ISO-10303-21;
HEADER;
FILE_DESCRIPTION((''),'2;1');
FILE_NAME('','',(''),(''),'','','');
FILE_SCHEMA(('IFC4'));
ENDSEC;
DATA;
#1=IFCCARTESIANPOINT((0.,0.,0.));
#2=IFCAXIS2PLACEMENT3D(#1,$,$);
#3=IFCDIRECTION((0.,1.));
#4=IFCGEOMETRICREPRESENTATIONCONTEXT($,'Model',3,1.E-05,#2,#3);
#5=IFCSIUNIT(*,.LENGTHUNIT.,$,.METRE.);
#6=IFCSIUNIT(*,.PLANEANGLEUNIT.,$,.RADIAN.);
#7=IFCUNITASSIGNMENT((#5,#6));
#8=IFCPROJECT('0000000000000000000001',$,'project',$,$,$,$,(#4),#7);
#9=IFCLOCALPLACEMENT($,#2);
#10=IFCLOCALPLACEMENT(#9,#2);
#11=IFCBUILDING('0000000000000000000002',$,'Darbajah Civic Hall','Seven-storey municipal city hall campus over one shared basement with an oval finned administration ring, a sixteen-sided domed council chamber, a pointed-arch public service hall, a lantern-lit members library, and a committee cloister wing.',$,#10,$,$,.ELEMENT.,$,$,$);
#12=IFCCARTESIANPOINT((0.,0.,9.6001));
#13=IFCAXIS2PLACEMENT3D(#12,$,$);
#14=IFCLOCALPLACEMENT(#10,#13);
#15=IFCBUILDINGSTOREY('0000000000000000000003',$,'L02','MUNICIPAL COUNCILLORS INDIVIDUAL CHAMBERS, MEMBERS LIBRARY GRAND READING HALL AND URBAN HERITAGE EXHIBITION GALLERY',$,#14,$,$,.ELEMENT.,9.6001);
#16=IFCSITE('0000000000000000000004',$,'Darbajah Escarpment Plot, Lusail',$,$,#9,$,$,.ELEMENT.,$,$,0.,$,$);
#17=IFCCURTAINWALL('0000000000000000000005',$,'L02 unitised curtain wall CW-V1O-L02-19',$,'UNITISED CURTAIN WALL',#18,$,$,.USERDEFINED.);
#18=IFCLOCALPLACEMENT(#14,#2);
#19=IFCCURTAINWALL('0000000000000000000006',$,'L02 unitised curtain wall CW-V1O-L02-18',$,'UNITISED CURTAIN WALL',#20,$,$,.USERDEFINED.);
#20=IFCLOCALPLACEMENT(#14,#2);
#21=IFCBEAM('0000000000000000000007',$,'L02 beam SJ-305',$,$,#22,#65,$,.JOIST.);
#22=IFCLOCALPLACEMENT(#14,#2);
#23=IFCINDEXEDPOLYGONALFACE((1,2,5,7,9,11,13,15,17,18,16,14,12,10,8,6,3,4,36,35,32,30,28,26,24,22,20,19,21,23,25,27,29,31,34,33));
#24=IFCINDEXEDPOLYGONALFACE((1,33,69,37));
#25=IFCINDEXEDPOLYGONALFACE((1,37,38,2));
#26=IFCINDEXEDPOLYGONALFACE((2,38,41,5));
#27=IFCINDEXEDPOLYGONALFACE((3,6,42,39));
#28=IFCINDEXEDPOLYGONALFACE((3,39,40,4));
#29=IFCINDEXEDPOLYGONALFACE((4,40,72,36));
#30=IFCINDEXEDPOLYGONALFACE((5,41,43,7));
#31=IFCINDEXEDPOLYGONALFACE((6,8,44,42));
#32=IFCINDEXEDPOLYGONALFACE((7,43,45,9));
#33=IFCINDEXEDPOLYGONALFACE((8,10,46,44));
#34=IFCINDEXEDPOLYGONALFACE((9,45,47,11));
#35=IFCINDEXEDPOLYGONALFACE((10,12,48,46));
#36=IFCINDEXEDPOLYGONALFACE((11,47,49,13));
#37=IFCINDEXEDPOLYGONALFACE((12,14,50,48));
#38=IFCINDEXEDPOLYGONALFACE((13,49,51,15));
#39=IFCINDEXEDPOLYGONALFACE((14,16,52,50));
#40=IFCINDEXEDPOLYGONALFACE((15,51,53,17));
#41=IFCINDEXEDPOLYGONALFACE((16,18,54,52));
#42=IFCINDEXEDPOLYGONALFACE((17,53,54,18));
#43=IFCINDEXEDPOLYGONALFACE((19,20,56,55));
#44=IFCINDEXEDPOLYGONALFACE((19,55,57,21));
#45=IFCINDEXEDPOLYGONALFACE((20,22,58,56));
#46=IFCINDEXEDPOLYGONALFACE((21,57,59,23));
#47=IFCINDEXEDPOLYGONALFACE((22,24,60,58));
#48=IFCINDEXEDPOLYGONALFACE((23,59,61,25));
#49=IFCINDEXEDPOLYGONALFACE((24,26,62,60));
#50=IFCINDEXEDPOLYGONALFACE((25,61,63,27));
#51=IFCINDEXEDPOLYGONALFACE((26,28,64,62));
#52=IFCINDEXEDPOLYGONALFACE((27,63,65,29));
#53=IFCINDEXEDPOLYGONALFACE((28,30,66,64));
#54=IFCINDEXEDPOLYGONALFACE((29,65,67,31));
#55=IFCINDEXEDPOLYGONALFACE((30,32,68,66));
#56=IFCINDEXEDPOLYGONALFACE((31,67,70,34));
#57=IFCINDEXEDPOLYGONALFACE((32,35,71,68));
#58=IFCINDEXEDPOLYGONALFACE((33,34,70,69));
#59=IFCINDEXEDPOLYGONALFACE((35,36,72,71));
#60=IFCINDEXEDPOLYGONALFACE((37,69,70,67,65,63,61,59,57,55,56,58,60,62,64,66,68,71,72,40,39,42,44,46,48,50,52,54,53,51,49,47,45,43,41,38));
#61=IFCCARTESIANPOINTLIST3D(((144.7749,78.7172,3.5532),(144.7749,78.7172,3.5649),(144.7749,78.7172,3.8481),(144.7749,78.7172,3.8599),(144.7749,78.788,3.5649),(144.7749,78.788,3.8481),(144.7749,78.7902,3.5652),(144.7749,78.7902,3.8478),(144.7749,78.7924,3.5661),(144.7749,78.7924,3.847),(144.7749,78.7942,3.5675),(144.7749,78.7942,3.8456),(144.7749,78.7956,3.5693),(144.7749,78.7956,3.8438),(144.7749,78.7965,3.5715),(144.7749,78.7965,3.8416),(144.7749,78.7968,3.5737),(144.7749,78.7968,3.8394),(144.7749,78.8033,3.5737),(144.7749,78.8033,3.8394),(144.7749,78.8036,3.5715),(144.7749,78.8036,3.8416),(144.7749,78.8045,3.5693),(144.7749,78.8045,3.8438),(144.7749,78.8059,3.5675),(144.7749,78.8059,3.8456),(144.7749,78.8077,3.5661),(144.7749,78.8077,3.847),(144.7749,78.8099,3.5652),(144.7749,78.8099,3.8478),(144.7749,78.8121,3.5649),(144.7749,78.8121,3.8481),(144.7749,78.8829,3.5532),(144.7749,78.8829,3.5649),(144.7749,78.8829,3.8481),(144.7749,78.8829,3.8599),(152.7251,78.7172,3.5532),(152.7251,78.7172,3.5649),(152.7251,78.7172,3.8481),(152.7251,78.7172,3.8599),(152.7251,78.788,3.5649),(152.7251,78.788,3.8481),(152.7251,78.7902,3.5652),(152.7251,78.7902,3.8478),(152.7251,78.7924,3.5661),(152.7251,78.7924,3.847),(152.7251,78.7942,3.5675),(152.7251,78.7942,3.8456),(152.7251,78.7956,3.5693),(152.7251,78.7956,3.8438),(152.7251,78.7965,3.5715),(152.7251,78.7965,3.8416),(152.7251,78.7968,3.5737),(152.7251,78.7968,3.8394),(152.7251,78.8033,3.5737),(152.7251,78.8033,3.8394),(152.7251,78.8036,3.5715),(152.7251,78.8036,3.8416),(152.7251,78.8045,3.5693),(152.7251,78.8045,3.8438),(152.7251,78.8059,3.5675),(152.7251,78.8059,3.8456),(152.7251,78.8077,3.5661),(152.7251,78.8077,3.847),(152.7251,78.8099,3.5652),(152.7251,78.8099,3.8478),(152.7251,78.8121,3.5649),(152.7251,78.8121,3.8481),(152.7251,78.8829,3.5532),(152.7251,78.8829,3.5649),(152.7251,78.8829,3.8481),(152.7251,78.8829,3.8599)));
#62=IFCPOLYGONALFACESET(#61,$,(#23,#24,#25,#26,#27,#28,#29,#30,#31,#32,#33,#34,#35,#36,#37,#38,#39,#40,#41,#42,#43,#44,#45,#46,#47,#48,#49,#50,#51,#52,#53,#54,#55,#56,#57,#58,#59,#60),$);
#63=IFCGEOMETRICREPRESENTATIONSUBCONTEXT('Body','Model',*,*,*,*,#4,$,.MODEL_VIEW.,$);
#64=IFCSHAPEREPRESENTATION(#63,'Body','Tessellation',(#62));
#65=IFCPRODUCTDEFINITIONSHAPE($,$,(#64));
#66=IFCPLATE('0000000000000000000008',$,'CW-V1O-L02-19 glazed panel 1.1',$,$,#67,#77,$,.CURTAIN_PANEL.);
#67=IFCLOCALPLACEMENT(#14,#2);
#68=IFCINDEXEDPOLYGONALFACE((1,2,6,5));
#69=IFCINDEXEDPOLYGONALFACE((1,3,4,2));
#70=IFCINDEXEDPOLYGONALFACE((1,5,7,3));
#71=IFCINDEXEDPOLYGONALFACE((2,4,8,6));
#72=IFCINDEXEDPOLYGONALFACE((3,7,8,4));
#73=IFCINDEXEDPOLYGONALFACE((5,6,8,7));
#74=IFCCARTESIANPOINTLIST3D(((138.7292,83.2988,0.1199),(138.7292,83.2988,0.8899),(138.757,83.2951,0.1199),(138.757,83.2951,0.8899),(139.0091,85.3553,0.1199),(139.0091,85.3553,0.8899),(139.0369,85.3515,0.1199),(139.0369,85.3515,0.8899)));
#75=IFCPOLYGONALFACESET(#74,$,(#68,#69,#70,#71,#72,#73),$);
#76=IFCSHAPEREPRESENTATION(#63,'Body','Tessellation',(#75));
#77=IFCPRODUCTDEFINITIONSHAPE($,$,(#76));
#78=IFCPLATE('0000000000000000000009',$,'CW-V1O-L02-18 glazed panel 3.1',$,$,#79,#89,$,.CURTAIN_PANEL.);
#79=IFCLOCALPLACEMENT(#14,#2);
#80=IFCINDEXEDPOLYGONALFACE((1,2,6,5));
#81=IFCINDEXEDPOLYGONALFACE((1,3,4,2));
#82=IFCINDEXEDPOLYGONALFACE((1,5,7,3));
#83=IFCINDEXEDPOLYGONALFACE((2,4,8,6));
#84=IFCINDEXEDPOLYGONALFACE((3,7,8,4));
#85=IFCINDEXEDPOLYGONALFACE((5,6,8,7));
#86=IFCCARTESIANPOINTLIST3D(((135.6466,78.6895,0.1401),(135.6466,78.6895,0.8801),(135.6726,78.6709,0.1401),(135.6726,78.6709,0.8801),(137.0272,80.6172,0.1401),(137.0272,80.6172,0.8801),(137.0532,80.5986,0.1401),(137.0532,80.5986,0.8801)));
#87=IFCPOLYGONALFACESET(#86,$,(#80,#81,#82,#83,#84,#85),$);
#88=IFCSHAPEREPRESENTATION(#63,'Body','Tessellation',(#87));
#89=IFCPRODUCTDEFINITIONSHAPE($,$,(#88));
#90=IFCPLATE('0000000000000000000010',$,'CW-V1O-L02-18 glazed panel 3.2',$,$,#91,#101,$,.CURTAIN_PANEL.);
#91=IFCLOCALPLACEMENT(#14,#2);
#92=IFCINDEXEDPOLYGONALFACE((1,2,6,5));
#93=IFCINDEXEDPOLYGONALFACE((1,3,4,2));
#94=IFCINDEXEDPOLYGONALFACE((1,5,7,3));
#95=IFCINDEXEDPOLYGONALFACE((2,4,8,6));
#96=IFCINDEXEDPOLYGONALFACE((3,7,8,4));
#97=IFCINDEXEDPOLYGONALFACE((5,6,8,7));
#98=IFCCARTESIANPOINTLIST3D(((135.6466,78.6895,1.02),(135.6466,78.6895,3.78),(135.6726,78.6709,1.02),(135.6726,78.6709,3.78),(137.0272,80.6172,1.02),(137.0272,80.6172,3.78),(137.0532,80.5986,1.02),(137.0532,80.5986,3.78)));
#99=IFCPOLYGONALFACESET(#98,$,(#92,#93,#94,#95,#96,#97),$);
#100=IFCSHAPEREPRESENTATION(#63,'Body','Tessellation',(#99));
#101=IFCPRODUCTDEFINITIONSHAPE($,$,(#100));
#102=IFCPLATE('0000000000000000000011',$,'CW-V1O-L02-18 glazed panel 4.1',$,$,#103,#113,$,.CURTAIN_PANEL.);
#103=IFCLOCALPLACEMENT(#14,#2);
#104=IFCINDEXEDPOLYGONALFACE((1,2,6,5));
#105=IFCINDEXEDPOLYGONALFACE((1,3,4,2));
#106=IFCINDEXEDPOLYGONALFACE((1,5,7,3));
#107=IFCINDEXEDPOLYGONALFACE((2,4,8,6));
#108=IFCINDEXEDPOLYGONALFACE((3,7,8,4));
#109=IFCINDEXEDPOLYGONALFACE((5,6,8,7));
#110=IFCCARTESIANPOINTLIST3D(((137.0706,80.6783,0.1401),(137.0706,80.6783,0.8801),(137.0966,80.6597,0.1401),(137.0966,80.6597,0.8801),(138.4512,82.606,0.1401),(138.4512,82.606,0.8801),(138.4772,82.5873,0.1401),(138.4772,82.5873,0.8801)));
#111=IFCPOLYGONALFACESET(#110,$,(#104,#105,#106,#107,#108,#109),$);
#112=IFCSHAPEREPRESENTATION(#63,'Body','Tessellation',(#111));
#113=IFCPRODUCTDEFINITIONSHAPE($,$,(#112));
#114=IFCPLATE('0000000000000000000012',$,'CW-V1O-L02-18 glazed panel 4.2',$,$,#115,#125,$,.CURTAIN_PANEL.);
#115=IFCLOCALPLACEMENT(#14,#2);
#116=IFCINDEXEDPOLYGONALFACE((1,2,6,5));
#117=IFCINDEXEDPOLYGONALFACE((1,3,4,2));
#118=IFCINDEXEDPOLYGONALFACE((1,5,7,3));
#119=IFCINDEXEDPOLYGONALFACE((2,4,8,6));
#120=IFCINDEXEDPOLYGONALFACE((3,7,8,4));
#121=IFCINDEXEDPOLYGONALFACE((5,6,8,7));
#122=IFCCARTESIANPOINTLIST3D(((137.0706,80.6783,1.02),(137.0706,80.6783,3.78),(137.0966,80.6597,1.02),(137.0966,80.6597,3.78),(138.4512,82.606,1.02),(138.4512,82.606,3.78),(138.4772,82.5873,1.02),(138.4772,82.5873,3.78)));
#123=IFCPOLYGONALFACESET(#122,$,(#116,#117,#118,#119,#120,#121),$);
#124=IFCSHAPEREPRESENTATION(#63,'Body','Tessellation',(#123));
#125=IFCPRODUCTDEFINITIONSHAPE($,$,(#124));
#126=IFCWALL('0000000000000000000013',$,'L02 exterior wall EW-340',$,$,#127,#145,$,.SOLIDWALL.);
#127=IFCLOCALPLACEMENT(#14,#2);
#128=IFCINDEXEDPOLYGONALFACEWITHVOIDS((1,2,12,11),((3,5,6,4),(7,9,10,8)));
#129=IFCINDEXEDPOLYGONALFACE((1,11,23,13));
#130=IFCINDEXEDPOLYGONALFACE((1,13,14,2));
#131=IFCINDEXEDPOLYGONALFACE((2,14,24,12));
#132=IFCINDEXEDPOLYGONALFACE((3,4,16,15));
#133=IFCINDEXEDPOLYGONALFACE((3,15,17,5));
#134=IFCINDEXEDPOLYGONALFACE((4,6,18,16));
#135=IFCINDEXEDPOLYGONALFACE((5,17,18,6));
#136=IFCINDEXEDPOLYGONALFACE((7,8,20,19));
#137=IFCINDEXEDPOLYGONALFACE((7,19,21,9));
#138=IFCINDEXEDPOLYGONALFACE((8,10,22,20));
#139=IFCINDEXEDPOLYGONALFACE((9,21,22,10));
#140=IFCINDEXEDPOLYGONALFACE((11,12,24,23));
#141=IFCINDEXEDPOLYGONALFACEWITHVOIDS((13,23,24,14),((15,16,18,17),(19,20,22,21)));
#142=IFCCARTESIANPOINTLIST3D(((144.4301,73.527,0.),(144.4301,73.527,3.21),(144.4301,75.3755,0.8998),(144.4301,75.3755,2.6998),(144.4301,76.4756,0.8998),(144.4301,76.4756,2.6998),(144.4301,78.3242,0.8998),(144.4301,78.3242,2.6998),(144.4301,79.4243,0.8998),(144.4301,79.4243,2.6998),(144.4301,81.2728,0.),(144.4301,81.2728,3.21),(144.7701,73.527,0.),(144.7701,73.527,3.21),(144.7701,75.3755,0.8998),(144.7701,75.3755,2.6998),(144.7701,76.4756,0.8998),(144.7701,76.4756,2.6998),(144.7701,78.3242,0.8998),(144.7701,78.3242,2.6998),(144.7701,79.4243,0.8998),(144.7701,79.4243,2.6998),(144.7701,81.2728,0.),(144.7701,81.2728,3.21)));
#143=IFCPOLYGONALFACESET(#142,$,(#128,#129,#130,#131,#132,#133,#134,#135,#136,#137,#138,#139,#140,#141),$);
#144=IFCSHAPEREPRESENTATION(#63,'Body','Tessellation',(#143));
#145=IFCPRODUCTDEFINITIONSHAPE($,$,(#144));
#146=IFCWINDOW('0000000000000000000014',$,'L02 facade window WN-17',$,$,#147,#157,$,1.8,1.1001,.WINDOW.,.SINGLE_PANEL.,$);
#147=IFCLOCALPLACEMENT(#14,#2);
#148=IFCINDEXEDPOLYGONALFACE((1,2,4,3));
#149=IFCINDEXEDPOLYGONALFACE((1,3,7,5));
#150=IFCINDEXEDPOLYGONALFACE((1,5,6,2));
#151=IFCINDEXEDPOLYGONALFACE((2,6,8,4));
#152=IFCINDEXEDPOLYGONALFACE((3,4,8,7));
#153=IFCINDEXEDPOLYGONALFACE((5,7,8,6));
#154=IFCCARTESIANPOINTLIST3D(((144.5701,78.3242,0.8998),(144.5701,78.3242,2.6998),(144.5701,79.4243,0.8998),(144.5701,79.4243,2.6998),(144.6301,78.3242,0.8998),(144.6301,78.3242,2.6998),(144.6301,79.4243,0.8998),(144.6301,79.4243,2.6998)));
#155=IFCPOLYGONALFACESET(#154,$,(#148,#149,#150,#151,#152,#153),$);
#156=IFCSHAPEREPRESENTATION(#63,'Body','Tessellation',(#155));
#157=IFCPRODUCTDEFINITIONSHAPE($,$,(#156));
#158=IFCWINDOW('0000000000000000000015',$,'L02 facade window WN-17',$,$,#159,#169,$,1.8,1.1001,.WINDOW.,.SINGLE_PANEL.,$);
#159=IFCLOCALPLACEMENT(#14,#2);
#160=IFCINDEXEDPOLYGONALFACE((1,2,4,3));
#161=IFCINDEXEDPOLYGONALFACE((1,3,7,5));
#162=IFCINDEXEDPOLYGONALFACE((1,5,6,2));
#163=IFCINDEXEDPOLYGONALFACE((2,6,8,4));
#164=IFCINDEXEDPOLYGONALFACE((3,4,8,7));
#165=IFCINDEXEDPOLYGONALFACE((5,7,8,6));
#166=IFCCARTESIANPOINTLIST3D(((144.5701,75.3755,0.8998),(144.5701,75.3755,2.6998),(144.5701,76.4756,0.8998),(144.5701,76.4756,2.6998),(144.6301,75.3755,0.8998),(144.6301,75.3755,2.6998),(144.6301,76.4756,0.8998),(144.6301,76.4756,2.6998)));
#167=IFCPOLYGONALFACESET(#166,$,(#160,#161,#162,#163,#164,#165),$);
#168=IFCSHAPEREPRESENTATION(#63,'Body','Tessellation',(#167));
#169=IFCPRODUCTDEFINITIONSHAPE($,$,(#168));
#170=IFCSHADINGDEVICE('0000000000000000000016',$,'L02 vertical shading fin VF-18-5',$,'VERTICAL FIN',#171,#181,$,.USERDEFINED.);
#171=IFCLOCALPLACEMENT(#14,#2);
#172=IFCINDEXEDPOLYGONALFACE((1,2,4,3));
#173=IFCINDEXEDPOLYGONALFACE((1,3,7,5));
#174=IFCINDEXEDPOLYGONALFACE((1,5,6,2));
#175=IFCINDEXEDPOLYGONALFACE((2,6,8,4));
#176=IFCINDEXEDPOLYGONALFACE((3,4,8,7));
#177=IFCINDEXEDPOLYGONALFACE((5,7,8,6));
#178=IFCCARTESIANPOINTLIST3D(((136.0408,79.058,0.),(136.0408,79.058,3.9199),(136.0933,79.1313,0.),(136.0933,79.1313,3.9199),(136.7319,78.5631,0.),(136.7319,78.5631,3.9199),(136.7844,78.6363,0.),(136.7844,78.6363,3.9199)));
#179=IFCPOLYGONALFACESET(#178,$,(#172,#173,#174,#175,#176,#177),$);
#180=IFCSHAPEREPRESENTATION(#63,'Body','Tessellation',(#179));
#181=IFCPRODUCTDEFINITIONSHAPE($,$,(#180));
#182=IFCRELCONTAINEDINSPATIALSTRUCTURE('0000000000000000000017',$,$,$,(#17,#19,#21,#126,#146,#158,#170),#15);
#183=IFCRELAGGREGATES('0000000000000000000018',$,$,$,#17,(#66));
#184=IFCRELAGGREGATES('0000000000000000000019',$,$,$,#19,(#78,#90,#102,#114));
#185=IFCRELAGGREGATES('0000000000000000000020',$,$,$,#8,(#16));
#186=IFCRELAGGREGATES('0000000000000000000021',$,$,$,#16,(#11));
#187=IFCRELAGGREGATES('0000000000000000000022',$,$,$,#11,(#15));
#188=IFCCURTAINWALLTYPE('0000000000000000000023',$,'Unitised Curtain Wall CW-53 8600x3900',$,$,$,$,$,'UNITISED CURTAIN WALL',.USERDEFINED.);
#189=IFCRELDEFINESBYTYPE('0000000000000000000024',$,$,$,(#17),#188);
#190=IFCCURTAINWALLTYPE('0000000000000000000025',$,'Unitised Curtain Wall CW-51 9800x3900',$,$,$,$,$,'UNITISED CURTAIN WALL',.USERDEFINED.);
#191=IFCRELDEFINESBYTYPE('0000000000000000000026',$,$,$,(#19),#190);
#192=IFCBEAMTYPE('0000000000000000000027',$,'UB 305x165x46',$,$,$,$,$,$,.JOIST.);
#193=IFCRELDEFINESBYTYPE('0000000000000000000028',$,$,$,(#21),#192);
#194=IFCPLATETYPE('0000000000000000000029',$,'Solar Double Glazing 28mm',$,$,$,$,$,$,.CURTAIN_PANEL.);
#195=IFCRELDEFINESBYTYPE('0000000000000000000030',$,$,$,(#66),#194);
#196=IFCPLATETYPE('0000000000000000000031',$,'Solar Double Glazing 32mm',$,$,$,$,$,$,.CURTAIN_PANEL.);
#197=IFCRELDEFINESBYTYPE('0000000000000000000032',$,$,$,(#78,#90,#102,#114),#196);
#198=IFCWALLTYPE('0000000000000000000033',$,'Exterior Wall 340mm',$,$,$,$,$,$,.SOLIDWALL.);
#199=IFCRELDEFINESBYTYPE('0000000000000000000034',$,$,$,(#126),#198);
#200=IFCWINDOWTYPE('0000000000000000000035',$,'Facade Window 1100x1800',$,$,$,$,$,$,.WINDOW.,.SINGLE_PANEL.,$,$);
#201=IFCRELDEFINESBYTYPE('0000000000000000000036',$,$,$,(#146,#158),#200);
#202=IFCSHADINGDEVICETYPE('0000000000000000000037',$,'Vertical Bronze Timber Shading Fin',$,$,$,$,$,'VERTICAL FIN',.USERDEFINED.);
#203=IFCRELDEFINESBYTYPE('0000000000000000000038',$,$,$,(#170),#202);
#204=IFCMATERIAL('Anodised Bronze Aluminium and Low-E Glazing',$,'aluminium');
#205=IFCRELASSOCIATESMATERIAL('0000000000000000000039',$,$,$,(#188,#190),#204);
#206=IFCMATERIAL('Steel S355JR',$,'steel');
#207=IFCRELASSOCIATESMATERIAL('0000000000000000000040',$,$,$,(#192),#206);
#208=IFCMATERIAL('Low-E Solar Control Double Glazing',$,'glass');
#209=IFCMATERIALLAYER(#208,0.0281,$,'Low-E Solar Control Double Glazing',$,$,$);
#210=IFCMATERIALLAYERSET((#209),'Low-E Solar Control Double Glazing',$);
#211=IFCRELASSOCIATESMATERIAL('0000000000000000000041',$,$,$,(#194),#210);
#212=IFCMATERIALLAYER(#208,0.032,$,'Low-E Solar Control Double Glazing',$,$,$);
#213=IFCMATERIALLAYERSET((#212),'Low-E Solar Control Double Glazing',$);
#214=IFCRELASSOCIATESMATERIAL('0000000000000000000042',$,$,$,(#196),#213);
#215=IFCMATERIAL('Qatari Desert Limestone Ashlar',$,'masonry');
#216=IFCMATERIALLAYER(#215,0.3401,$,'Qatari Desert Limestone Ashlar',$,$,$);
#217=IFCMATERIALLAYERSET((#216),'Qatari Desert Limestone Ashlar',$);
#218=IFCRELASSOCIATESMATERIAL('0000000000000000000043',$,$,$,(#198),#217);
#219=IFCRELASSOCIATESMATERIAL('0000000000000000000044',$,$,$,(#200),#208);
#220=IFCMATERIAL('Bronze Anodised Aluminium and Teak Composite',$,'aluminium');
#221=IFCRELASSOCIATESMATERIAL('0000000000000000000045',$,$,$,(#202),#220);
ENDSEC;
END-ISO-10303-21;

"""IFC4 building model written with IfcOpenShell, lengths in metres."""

from ifc_helpers import new_model, si_unit, direction, frame, frame_2d, origin, origin_2d, place, context, subcontext, project, spatial, rectangle, i_section, extrude, material, layer, layer_set, material_profile, profile_set, type_object, element, fill, aggregate, save


model = new_model("IFC4")

# Units and contexts
model_context = context("Model", 3, precision=1e-05, world=origin(), true_north=direction((0.0, 1.0)))
body_context = subcontext(model_context, "Body", "Model", "MODEL_VIEW")
ifc_project = project(units=[si_unit("LENGTHUNIT", "METRE"), si_unit("PLANEANGLEUNIT", "RADIAN")], contexts=[model_context])

# Site, building, storey
site_placement = place(None, origin())
site = spatial("IfcSite", under=ifc_project, at=site_placement, Name="Darbajah Escarpment Plot, Lusail", CompositionType="ELEMENT", RefElevation=0.0)
building_placement = place(site_placement, origin())
building = spatial("IfcBuilding", under=site, at=building_placement, Name="Darbajah Civic Hall", Description="Seven-storey municipal city hall campus over one shared basement with an oval finned administration ring, a sixteen-sided domed council chamber, a pointed-arch public service hall, a lantern-lit members library, and a committee cloister wing.", CompositionType="ELEMENT")
storey_placement = place(building_placement, frame((0.0, 0.0, 9.6001)))
storey = spatial("IfcBuildingStorey", under=building, at=storey_placement, Name="L02", Description="MUNICIPAL COUNCILLORS INDIVIDUAL CHAMBERS, MEMBERS LIBRARY GRAND READING HALL AND URBAN HERITAGE EXHIBITION GALLERY", CompositionType="ELEMENT", Elevation=9.6001)

# Curtain wall
ifc_material_1 = material(Name="Anodised Bronze Aluminium and Low-E Glazing", Category="aluminium")
curtain_wall_type_1 = type_object("IfcCurtainWallType", Name="Unitised Curtain Wall CW-53 8600x3900", ElementType="UNITISED CURTAIN WALL", PredefinedType="USERDEFINED", material=ifc_material_1)
curtain_wall_1_placement = place(storey_placement, origin())
curtain_wall_1 = element("IfcCurtainWall", 1, at=curtain_wall_1_placement, inside=storey, type_object=curtain_wall_type_1, Name="L02 unitised curtain wall CW-V1O-L02-19", ObjectType="UNITISED CURTAIN WALL", PredefinedType="USERDEFINED")

# Curtain wall
curtain_wall_type_2 = type_object("IfcCurtainWallType", Name="Unitised Curtain Wall CW-51 9800x3900", ElementType="UNITISED CURTAIN WALL", PredefinedType="USERDEFINED", material=ifc_material_1)
curtain_wall_2_placement = place(storey_placement, origin())
curtain_wall_2 = element("IfcCurtainWall", 2, at=curtain_wall_2_placement, inside=storey, type_object=curtain_wall_type_2, Name="L02 unitised curtain wall CW-V1O-L02-18", ObjectType="UNITISED CURTAIN WALL", PredefinedType="USERDEFINED")

# Beam
ifc_material_2 = material(Name="Steel S355JR", Category="steel")
ifc_material_profile_1 = material_profile(ifc_material_2, i_section(OverallWidth=0.1658, OverallDepth=0.3066, WebThickness=0.0066, FlangeThickness=0.0117, FilletRadius=0.0088, at=origin_2d()), Name="UB 305x165x46")
ifc_profile_set_1 = profile_set([ifc_material_profile_1], Name="Steel S355JR")
beam_type_1 = type_object("IfcBeamType", Name="UB 305x165x46", PredefinedType="JOIST", material=ifc_profile_set_1)
for number, where, z_axis, x_axis, name in (
    (3, (144.7749, 78.8, 3.7065), (1.0, 0.0, 0.0), (0.0, 1.0, 0.0), "L02 beam SJ-305"),
):
    element("IfcBeam", number, at=place(storey_placement, frame(where, z_axis=z_axis, x_axis=x_axis)), inside=storey, type_object=beam_type_1, Name=name, PredefinedType="JOIST", context=body_context, shape_type="SweptSolid", body=[
        extrude(i_section(OverallWidth=0.1658, OverallDepth=0.3066, WebThickness=0.0066, FlangeThickness=0.0117, FilletRadius=0.0088, at=origin_2d()), origin(), (0.0, 0.0, 1.0), 7.9502),
    ])

# Plates
ifc_material_3 = material(Name="Low-E Solar Control Double Glazing", Category="glass")
ifc_layer_1 = layer(ifc_material_3, 0.0281, Name="Low-E Solar Control Double Glazing")
ifc_layer_set_1 = layer_set([ifc_layer_1], Name="Low-E Solar Control Double Glazing")
plate_type_1 = type_object("IfcPlateType", Name="Solar Double Glazing 28mm", PredefinedType="CURTAIN_PANEL", material=ifc_layer_set_1)
plate_1_placement = place(storey_placement, frame((138.8831, 84.3252, 0.1199), z_axis=(0.0, 0.0, 1.0), x_axis=(0.134851, 0.990866, 0.0)))
plate_1 = element("IfcPlate", 4, at=plate_1_placement, type_object=plate_type_1, Name="CW-V1O-L02-19 glazed panel 1.1", PredefinedType="CURTAIN_PANEL", context=body_context, shape_type="SweptSolid", body=[
    extrude(rectangle(XDim=2.0754, YDim=0.0281, at=origin_2d()), origin(), (0.0, 0.0, 1.0), 0.77),
])
aggregate(curtain_wall_1, [plate_1])
ifc_layer_2 = layer(ifc_material_3, 0.032, Name="Low-E Solar Control Double Glazing")
ifc_layer_set_2 = layer_set([ifc_layer_2], Name="Low-E Solar Control Double Glazing")
plate_type_2 = type_object("IfcPlateType", Name="Solar Double Glazing 32mm", PredefinedType="CURTAIN_PANEL", material=ifc_layer_set_2)
plate_2_placement = place(storey_placement, frame((136.3499, 79.644, 0.1401), z_axis=(0.0, 0.0, 1.0), x_axis=(0.582265, 0.812999, 0.0)))
plate_2 = element("IfcPlate", 5, at=plate_2_placement, type_object=plate_type_2, Name="CW-V1O-L02-18 glazed panel 3.1", PredefinedType="CURTAIN_PANEL", context=body_context, shape_type="SweptSolid", body=[
    extrude(rectangle(XDim=2.3711, YDim=0.032, at=origin_2d()), origin(), (0.0, 0.0, 1.0), 0.74),
])
plate_3_placement = place(storey_placement, frame((136.3499, 79.644, 1.02), z_axis=(0.0, 0.0, 1.0), x_axis=(0.582265, 0.812999, 0.0)))
plate_3 = element("IfcPlate", 6, at=plate_3_placement, type_object=plate_type_2, Name="CW-V1O-L02-18 glazed panel 3.2", PredefinedType="CURTAIN_PANEL", context=body_context, shape_type="SweptSolid", body=[
    extrude(rectangle(XDim=2.3711, YDim=0.032, at=origin_2d()), origin(), (0.0, 0.0, 1.0), 2.76),
])
plate_4_placement = place(storey_placement, frame((137.7739, 81.6328, 0.1401), z_axis=(0.0, 0.0, 1.0), x_axis=(0.582265, 0.812999, 0.0)))
plate_4 = element("IfcPlate", 7, at=plate_4_placement, type_object=plate_type_2, Name="CW-V1O-L02-18 glazed panel 4.1", PredefinedType="CURTAIN_PANEL", context=body_context, shape_type="SweptSolid", body=[
    extrude(rectangle(XDim=2.3711, YDim=0.032, at=origin_2d()), origin(), (0.0, 0.0, 1.0), 0.74),
])
plate_5_placement = place(storey_placement, frame((137.7739, 81.6328, 1.02), z_axis=(0.0, 0.0, 1.0), x_axis=(0.582265, 0.812999, 0.0)))
plate_5 = element("IfcPlate", 8, at=plate_5_placement, type_object=plate_type_2, Name="CW-V1O-L02-18 glazed panel 4.2", PredefinedType="CURTAIN_PANEL", context=body_context, shape_type="SweptSolid", body=[
    extrude(rectangle(XDim=2.3711, YDim=0.032, at=origin_2d()), origin(), (0.0, 0.0, 1.0), 2.76),
])
aggregate(curtain_wall_2, [plate_2, plate_3, plate_4, plate_5])

# Wall, openings, windows
ifc_material_4 = material(Name="Qatari Desert Limestone Ashlar", Category="masonry")
ifc_layer_3 = layer(ifc_material_4, 0.3401, Name="Qatari Desert Limestone Ashlar")
ifc_layer_set_3 = layer_set([ifc_layer_3], Name="Qatari Desert Limestone Ashlar")
wall_type = type_object("IfcWallType", Name="Exterior Wall 340mm", PredefinedType="SOLIDWALL", material=ifc_layer_set_3)
wall_placement = place(storey_placement, frame((144.6001, 81.2729, 0.0), z_axis=(0.0, 0.0, 1.0), x_axis=(0.0, -1.0, 0.0)))
wall = element("IfcWall", 9, at=wall_placement, inside=storey, type_object=wall_type, Name="L02 exterior wall EW-340", PredefinedType="SOLIDWALL", context=body_context, shape_type="SweptSolid", body=[
    extrude(rectangle(XDim=7.7458, YDim=0.3401, at=frame_2d((3.873, 0.0))), origin(), (0.0, 0.0, 1.0), 3.21),
])
opening_1_placement = place(wall_placement, frame((1.8486, 0.0, 0.8999)))
opening_1 = element("IfcOpeningElement", 10, at=opening_1_placement, cuts=wall, PredefinedType="OPENING", context=body_context, shape_type="SweptSolid", body=[
    extrude(rectangle(XDim=1.1001, YDim=1.8, at=frame_2d((0.55, 0.8999))), frame((0.0, 0.1799, 0.0), z_axis=(0.0, -1.0, 0.0), x_axis=(1.0, 0.0, 0.0)), (0.0, 0.0, 1.0), 0.3601),
])
opening_2_placement = place(wall_placement, frame((4.7974, 0.0, 0.8999)))
opening_2 = element("IfcOpeningElement", 11, at=opening_2_placement, cuts=wall, PredefinedType="OPENING", context=body_context, shape_type="SweptSolid", body=[
    extrude(rectangle(XDim=1.1001, YDim=1.8, at=frame_2d((0.55, 0.8999))), frame((0.0, 0.1799, 0.0), z_axis=(0.0, -1.0, 0.0), x_axis=(1.0, 0.0, 0.0)), (0.0, 0.0, 1.0), 0.3601),
])
window_type = type_object("IfcWindowType", Name="Facade Window 1100x1800", PartitioningType="SINGLE_PANEL", PredefinedType="WINDOW", material=ifc_material_3)
window_1_placement = place(opening_1_placement, origin())
window_1 = element("IfcWindow", 12, at=window_1_placement, inside=storey, type_object=window_type, Name="L02 facade window WN-17", OverallHeight=1.8, OverallWidth=1.1001, PartitioningType="SINGLE_PANEL", PredefinedType="WINDOW", context=body_context, shape_type="SweptSolid", body=[
    extrude(rectangle(XDim=1.1001, YDim=1.8, at=frame_2d((0.55, 0.8999))), frame((0.0, 0.03, 0.0), z_axis=(0.0, -1.0, 0.0), x_axis=(1.0, 0.0, 0.0)), (0.0, 0.0, 1.0), 0.0601),
])
fill(opening_1, window_1)
window_2_placement = place(opening_2_placement, origin())
window_2 = element("IfcWindow", 13, at=window_2_placement, inside=storey, type_object=window_type, Name="L02 facade window WN-17", OverallHeight=1.8, OverallWidth=1.1001, PartitioningType="SINGLE_PANEL", PredefinedType="WINDOW", context=body_context, shape_type="SweptSolid", body=[
    extrude(rectangle(XDim=1.1001, YDim=1.8, at=frame_2d((0.55, 0.8999))), frame((0.0, 0.03, 0.0), z_axis=(0.0, -1.0, 0.0), x_axis=(1.0, 0.0, 0.0)), (0.0, 0.0, 1.0), 0.0601),
])
fill(opening_2, window_2)

# Shading device
ifc_material_5 = material(Name="Bronze Anodised Aluminium and Teak Composite", Category="aluminium")
shading_device_type = type_object("IfcShadingDeviceType", Name="Vertical Bronze Timber Shading Fin", ElementType="VERTICAL FIN", PredefinedType="USERDEFINED", material=ifc_material_5)
for number, where, z_axis, x_axis, name in (
    (14, (136.4126, 78.8472, 0.0), (0.0, 0.0, 1.0), (0.812999, -0.582265, 0.0), "L02 vertical shading fin VF-18-5"),
):
    element("IfcShadingDevice", number, at=place(storey_placement, frame(where, z_axis=z_axis, x_axis=x_axis)), inside=storey, type_object=shading_device_type, Name=name, ObjectType="VERTICAL FIN", PredefinedType="USERDEFINED", context=body_context, shape_type="SweptSolid", body=[
        extrude(rectangle(XDim=0.8501, YDim=0.0901, at=origin_2d()), origin(), (0.0, 0.0, 1.0), 3.9199),
    ])

save(model, "model.ifc")
